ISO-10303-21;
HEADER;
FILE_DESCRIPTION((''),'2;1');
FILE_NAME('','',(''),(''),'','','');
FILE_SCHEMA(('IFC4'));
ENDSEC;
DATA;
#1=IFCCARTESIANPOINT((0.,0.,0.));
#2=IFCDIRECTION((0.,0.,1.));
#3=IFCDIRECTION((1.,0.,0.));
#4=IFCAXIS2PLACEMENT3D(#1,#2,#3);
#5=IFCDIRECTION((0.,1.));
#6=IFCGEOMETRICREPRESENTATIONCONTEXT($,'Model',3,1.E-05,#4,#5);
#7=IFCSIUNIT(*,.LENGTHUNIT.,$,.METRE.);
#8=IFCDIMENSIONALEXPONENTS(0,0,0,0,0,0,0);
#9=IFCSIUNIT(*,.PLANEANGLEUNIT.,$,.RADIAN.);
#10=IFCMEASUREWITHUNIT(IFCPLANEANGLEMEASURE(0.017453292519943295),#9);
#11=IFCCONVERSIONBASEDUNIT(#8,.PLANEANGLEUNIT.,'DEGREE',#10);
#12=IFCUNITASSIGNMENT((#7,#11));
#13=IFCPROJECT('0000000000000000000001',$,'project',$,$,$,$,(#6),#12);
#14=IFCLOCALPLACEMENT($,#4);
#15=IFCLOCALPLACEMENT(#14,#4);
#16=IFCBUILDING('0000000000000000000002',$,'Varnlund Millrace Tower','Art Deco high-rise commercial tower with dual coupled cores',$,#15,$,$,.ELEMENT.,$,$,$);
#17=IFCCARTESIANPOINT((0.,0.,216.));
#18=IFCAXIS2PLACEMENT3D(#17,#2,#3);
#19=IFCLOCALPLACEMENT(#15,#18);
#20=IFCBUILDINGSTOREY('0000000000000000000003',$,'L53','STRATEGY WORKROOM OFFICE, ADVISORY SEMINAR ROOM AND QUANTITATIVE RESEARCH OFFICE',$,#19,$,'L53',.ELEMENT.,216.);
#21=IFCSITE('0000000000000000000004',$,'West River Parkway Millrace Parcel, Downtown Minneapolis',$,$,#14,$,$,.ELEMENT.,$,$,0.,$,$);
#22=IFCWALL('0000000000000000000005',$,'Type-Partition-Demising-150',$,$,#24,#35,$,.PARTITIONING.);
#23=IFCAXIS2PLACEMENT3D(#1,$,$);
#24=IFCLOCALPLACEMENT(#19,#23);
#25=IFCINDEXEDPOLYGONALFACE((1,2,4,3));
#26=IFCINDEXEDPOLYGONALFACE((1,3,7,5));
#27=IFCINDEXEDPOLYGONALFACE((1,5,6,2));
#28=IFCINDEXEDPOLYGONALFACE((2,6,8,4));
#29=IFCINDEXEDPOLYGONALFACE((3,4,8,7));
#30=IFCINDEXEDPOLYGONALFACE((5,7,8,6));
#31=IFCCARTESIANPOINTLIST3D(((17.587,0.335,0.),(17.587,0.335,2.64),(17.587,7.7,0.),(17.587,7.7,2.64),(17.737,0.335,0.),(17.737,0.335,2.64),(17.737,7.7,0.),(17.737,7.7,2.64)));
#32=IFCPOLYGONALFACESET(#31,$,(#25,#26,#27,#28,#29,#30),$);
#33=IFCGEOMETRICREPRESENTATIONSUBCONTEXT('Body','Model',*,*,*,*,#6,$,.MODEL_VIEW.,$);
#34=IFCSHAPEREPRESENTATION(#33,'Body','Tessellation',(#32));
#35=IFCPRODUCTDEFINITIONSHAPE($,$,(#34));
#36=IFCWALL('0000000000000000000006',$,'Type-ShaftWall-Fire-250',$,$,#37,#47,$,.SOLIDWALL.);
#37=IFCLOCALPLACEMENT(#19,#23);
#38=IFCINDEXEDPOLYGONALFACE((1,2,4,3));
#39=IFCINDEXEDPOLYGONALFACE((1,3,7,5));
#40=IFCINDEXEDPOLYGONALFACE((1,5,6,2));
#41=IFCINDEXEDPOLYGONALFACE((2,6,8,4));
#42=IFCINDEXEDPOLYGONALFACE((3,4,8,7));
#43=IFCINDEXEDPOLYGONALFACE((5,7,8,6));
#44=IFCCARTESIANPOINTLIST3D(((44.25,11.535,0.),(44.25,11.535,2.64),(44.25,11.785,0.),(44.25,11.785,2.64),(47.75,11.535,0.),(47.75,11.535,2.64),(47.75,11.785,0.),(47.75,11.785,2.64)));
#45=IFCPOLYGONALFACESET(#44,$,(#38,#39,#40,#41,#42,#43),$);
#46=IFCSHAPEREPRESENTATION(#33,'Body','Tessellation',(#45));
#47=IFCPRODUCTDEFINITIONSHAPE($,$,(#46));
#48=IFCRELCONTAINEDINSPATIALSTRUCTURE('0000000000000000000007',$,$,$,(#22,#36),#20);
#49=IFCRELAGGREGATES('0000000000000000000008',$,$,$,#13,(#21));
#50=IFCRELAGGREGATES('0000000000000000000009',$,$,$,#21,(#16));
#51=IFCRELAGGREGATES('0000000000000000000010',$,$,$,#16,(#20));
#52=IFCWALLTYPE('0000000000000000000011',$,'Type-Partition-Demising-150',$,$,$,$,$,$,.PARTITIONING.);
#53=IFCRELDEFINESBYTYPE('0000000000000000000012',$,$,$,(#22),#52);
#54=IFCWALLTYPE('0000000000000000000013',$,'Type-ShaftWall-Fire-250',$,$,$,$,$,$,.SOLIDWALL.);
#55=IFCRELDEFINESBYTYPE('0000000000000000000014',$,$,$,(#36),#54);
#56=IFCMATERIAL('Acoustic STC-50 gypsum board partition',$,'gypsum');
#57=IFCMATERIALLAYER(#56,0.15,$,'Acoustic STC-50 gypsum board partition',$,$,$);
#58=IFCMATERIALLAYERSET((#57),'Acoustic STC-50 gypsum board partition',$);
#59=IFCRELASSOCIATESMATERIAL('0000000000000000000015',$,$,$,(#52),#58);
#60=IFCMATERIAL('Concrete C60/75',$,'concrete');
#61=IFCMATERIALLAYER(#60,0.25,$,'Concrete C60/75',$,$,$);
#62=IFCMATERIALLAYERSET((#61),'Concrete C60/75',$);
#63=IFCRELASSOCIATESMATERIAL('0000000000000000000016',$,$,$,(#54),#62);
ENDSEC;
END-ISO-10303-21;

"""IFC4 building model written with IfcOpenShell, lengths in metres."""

from ifc_helpers import new_model, entity, si_unit, converted_unit, direction, frame, origin_with_axes, place, context, subcontext, project, spatial, polyline, outline, extrude, material, layer, layer_set, type_object, element, save


model = new_model("IFC4")

# Units and contexts
model_context = context("Model", 3, precision=1e-05, world=origin_with_axes(), true_north=direction((0.0, 1.0)))
body_context = subcontext(model_context, "Body", "Model", "MODEL_VIEW")
ifc_project = project(units=[si_unit("LENGTHUNIT", "METRE"), converted_unit("PLANEANGLEUNIT", "DEGREE", entity("IfcPlaneAngleMeasure", 0.017453292519943295), si_unit("PLANEANGLEUNIT", "RADIAN"), dimensions=[0, 0, 0, 0, 0, 0, 0])], contexts=[model_context])

# Site, building, storey
site_placement = place(None, origin_with_axes())
site = spatial("IfcSite", under=ifc_project, at=site_placement, Name="West River Parkway Millrace Parcel, Downtown Minneapolis", CompositionType="ELEMENT", RefElevation=0.0)
building_placement = place(site_placement, origin_with_axes())
building = spatial("IfcBuilding", under=site, at=building_placement, Name="Varnlund Millrace Tower", Description="Art Deco high-rise commercial tower with dual coupled cores", CompositionType="ELEMENT")
storey_placement = place(building_placement, frame((0.0, 0.0, 216.0), z_axis=(0.0, 0.0, 1.0), x_axis=(1.0, 0.0, 0.0)))
storey = spatial("IfcBuildingStorey", under=building, at=storey_placement, Name="L53", Description="STRATEGY WORKROOM OFFICE, ADVISORY SEMINAR ROOM AND QUANTITATIVE RESEARCH OFFICE", LongName="L53", CompositionType="ELEMENT", Elevation=216.0)

# Walls
ifc_material_1 = material(Name="Acoustic STC-50 gypsum board partition", Category="gypsum")
ifc_layer_1 = layer(ifc_material_1, 0.15, Name="Acoustic STC-50 gypsum board partition")
ifc_layer_set_1 = layer_set([ifc_layer_1], Name="Acoustic STC-50 gypsum board partition")
wall_type_1 = type_object("IfcWallType", Name="Type-Partition-Demising-150", PredefinedType="PARTITIONING", material=ifc_layer_set_1)
wall_1_placement = place(storey_placement, frame((17.662, 0.335, 0.0), z_axis=(0.0, 0.0, 1.0), x_axis=(0.0, 1.0, 0.0)))
element("IfcWall", 1, at=wall_1_placement, inside=storey, type_object=wall_type_1, Name="Type-Partition-Demising-150", PredefinedType="PARTITIONING", context=body_context, shape_type="SweptSolid", body=[
    extrude(outline(polyline([(0.0, -0.075), (7.365, -0.075), (7.365, 0.075), (0.0, 0.075), (0.0, -0.075)])), origin_with_axes(), (0.0, 0.0, 1.0), 2.64),
])
ifc_material_2 = material(Name="Concrete C60/75", Category="concrete")
ifc_layer_2 = layer(ifc_material_2, 0.25, Name="Concrete C60/75")
ifc_layer_set_2 = layer_set([ifc_layer_2], Name="Concrete C60/75")
wall_type_2 = type_object("IfcWallType", Name="Type-ShaftWall-Fire-250", PredefinedType="SOLIDWALL", material=ifc_layer_set_2)
wall_2_placement = place(storey_placement, frame((44.25, 11.66, 0.0), z_axis=(0.0, 0.0, 1.0), x_axis=(1.0, 0.0, 0.0)))
element("IfcWall", 2, at=wall_2_placement, inside=storey, type_object=wall_type_2, Name="Type-ShaftWall-Fire-250", PredefinedType="SOLIDWALL", context=body_context, shape_type="SweptSolid", body=[
    extrude(outline(polyline([(0.0, -0.125), (3.5, -0.125), (3.5, 0.125), (0.0, 0.125), (0.0, -0.125)])), origin_with_axes(), (0.0, 0.0, 1.0), 2.64),
])

save(model, "model.ifc")
